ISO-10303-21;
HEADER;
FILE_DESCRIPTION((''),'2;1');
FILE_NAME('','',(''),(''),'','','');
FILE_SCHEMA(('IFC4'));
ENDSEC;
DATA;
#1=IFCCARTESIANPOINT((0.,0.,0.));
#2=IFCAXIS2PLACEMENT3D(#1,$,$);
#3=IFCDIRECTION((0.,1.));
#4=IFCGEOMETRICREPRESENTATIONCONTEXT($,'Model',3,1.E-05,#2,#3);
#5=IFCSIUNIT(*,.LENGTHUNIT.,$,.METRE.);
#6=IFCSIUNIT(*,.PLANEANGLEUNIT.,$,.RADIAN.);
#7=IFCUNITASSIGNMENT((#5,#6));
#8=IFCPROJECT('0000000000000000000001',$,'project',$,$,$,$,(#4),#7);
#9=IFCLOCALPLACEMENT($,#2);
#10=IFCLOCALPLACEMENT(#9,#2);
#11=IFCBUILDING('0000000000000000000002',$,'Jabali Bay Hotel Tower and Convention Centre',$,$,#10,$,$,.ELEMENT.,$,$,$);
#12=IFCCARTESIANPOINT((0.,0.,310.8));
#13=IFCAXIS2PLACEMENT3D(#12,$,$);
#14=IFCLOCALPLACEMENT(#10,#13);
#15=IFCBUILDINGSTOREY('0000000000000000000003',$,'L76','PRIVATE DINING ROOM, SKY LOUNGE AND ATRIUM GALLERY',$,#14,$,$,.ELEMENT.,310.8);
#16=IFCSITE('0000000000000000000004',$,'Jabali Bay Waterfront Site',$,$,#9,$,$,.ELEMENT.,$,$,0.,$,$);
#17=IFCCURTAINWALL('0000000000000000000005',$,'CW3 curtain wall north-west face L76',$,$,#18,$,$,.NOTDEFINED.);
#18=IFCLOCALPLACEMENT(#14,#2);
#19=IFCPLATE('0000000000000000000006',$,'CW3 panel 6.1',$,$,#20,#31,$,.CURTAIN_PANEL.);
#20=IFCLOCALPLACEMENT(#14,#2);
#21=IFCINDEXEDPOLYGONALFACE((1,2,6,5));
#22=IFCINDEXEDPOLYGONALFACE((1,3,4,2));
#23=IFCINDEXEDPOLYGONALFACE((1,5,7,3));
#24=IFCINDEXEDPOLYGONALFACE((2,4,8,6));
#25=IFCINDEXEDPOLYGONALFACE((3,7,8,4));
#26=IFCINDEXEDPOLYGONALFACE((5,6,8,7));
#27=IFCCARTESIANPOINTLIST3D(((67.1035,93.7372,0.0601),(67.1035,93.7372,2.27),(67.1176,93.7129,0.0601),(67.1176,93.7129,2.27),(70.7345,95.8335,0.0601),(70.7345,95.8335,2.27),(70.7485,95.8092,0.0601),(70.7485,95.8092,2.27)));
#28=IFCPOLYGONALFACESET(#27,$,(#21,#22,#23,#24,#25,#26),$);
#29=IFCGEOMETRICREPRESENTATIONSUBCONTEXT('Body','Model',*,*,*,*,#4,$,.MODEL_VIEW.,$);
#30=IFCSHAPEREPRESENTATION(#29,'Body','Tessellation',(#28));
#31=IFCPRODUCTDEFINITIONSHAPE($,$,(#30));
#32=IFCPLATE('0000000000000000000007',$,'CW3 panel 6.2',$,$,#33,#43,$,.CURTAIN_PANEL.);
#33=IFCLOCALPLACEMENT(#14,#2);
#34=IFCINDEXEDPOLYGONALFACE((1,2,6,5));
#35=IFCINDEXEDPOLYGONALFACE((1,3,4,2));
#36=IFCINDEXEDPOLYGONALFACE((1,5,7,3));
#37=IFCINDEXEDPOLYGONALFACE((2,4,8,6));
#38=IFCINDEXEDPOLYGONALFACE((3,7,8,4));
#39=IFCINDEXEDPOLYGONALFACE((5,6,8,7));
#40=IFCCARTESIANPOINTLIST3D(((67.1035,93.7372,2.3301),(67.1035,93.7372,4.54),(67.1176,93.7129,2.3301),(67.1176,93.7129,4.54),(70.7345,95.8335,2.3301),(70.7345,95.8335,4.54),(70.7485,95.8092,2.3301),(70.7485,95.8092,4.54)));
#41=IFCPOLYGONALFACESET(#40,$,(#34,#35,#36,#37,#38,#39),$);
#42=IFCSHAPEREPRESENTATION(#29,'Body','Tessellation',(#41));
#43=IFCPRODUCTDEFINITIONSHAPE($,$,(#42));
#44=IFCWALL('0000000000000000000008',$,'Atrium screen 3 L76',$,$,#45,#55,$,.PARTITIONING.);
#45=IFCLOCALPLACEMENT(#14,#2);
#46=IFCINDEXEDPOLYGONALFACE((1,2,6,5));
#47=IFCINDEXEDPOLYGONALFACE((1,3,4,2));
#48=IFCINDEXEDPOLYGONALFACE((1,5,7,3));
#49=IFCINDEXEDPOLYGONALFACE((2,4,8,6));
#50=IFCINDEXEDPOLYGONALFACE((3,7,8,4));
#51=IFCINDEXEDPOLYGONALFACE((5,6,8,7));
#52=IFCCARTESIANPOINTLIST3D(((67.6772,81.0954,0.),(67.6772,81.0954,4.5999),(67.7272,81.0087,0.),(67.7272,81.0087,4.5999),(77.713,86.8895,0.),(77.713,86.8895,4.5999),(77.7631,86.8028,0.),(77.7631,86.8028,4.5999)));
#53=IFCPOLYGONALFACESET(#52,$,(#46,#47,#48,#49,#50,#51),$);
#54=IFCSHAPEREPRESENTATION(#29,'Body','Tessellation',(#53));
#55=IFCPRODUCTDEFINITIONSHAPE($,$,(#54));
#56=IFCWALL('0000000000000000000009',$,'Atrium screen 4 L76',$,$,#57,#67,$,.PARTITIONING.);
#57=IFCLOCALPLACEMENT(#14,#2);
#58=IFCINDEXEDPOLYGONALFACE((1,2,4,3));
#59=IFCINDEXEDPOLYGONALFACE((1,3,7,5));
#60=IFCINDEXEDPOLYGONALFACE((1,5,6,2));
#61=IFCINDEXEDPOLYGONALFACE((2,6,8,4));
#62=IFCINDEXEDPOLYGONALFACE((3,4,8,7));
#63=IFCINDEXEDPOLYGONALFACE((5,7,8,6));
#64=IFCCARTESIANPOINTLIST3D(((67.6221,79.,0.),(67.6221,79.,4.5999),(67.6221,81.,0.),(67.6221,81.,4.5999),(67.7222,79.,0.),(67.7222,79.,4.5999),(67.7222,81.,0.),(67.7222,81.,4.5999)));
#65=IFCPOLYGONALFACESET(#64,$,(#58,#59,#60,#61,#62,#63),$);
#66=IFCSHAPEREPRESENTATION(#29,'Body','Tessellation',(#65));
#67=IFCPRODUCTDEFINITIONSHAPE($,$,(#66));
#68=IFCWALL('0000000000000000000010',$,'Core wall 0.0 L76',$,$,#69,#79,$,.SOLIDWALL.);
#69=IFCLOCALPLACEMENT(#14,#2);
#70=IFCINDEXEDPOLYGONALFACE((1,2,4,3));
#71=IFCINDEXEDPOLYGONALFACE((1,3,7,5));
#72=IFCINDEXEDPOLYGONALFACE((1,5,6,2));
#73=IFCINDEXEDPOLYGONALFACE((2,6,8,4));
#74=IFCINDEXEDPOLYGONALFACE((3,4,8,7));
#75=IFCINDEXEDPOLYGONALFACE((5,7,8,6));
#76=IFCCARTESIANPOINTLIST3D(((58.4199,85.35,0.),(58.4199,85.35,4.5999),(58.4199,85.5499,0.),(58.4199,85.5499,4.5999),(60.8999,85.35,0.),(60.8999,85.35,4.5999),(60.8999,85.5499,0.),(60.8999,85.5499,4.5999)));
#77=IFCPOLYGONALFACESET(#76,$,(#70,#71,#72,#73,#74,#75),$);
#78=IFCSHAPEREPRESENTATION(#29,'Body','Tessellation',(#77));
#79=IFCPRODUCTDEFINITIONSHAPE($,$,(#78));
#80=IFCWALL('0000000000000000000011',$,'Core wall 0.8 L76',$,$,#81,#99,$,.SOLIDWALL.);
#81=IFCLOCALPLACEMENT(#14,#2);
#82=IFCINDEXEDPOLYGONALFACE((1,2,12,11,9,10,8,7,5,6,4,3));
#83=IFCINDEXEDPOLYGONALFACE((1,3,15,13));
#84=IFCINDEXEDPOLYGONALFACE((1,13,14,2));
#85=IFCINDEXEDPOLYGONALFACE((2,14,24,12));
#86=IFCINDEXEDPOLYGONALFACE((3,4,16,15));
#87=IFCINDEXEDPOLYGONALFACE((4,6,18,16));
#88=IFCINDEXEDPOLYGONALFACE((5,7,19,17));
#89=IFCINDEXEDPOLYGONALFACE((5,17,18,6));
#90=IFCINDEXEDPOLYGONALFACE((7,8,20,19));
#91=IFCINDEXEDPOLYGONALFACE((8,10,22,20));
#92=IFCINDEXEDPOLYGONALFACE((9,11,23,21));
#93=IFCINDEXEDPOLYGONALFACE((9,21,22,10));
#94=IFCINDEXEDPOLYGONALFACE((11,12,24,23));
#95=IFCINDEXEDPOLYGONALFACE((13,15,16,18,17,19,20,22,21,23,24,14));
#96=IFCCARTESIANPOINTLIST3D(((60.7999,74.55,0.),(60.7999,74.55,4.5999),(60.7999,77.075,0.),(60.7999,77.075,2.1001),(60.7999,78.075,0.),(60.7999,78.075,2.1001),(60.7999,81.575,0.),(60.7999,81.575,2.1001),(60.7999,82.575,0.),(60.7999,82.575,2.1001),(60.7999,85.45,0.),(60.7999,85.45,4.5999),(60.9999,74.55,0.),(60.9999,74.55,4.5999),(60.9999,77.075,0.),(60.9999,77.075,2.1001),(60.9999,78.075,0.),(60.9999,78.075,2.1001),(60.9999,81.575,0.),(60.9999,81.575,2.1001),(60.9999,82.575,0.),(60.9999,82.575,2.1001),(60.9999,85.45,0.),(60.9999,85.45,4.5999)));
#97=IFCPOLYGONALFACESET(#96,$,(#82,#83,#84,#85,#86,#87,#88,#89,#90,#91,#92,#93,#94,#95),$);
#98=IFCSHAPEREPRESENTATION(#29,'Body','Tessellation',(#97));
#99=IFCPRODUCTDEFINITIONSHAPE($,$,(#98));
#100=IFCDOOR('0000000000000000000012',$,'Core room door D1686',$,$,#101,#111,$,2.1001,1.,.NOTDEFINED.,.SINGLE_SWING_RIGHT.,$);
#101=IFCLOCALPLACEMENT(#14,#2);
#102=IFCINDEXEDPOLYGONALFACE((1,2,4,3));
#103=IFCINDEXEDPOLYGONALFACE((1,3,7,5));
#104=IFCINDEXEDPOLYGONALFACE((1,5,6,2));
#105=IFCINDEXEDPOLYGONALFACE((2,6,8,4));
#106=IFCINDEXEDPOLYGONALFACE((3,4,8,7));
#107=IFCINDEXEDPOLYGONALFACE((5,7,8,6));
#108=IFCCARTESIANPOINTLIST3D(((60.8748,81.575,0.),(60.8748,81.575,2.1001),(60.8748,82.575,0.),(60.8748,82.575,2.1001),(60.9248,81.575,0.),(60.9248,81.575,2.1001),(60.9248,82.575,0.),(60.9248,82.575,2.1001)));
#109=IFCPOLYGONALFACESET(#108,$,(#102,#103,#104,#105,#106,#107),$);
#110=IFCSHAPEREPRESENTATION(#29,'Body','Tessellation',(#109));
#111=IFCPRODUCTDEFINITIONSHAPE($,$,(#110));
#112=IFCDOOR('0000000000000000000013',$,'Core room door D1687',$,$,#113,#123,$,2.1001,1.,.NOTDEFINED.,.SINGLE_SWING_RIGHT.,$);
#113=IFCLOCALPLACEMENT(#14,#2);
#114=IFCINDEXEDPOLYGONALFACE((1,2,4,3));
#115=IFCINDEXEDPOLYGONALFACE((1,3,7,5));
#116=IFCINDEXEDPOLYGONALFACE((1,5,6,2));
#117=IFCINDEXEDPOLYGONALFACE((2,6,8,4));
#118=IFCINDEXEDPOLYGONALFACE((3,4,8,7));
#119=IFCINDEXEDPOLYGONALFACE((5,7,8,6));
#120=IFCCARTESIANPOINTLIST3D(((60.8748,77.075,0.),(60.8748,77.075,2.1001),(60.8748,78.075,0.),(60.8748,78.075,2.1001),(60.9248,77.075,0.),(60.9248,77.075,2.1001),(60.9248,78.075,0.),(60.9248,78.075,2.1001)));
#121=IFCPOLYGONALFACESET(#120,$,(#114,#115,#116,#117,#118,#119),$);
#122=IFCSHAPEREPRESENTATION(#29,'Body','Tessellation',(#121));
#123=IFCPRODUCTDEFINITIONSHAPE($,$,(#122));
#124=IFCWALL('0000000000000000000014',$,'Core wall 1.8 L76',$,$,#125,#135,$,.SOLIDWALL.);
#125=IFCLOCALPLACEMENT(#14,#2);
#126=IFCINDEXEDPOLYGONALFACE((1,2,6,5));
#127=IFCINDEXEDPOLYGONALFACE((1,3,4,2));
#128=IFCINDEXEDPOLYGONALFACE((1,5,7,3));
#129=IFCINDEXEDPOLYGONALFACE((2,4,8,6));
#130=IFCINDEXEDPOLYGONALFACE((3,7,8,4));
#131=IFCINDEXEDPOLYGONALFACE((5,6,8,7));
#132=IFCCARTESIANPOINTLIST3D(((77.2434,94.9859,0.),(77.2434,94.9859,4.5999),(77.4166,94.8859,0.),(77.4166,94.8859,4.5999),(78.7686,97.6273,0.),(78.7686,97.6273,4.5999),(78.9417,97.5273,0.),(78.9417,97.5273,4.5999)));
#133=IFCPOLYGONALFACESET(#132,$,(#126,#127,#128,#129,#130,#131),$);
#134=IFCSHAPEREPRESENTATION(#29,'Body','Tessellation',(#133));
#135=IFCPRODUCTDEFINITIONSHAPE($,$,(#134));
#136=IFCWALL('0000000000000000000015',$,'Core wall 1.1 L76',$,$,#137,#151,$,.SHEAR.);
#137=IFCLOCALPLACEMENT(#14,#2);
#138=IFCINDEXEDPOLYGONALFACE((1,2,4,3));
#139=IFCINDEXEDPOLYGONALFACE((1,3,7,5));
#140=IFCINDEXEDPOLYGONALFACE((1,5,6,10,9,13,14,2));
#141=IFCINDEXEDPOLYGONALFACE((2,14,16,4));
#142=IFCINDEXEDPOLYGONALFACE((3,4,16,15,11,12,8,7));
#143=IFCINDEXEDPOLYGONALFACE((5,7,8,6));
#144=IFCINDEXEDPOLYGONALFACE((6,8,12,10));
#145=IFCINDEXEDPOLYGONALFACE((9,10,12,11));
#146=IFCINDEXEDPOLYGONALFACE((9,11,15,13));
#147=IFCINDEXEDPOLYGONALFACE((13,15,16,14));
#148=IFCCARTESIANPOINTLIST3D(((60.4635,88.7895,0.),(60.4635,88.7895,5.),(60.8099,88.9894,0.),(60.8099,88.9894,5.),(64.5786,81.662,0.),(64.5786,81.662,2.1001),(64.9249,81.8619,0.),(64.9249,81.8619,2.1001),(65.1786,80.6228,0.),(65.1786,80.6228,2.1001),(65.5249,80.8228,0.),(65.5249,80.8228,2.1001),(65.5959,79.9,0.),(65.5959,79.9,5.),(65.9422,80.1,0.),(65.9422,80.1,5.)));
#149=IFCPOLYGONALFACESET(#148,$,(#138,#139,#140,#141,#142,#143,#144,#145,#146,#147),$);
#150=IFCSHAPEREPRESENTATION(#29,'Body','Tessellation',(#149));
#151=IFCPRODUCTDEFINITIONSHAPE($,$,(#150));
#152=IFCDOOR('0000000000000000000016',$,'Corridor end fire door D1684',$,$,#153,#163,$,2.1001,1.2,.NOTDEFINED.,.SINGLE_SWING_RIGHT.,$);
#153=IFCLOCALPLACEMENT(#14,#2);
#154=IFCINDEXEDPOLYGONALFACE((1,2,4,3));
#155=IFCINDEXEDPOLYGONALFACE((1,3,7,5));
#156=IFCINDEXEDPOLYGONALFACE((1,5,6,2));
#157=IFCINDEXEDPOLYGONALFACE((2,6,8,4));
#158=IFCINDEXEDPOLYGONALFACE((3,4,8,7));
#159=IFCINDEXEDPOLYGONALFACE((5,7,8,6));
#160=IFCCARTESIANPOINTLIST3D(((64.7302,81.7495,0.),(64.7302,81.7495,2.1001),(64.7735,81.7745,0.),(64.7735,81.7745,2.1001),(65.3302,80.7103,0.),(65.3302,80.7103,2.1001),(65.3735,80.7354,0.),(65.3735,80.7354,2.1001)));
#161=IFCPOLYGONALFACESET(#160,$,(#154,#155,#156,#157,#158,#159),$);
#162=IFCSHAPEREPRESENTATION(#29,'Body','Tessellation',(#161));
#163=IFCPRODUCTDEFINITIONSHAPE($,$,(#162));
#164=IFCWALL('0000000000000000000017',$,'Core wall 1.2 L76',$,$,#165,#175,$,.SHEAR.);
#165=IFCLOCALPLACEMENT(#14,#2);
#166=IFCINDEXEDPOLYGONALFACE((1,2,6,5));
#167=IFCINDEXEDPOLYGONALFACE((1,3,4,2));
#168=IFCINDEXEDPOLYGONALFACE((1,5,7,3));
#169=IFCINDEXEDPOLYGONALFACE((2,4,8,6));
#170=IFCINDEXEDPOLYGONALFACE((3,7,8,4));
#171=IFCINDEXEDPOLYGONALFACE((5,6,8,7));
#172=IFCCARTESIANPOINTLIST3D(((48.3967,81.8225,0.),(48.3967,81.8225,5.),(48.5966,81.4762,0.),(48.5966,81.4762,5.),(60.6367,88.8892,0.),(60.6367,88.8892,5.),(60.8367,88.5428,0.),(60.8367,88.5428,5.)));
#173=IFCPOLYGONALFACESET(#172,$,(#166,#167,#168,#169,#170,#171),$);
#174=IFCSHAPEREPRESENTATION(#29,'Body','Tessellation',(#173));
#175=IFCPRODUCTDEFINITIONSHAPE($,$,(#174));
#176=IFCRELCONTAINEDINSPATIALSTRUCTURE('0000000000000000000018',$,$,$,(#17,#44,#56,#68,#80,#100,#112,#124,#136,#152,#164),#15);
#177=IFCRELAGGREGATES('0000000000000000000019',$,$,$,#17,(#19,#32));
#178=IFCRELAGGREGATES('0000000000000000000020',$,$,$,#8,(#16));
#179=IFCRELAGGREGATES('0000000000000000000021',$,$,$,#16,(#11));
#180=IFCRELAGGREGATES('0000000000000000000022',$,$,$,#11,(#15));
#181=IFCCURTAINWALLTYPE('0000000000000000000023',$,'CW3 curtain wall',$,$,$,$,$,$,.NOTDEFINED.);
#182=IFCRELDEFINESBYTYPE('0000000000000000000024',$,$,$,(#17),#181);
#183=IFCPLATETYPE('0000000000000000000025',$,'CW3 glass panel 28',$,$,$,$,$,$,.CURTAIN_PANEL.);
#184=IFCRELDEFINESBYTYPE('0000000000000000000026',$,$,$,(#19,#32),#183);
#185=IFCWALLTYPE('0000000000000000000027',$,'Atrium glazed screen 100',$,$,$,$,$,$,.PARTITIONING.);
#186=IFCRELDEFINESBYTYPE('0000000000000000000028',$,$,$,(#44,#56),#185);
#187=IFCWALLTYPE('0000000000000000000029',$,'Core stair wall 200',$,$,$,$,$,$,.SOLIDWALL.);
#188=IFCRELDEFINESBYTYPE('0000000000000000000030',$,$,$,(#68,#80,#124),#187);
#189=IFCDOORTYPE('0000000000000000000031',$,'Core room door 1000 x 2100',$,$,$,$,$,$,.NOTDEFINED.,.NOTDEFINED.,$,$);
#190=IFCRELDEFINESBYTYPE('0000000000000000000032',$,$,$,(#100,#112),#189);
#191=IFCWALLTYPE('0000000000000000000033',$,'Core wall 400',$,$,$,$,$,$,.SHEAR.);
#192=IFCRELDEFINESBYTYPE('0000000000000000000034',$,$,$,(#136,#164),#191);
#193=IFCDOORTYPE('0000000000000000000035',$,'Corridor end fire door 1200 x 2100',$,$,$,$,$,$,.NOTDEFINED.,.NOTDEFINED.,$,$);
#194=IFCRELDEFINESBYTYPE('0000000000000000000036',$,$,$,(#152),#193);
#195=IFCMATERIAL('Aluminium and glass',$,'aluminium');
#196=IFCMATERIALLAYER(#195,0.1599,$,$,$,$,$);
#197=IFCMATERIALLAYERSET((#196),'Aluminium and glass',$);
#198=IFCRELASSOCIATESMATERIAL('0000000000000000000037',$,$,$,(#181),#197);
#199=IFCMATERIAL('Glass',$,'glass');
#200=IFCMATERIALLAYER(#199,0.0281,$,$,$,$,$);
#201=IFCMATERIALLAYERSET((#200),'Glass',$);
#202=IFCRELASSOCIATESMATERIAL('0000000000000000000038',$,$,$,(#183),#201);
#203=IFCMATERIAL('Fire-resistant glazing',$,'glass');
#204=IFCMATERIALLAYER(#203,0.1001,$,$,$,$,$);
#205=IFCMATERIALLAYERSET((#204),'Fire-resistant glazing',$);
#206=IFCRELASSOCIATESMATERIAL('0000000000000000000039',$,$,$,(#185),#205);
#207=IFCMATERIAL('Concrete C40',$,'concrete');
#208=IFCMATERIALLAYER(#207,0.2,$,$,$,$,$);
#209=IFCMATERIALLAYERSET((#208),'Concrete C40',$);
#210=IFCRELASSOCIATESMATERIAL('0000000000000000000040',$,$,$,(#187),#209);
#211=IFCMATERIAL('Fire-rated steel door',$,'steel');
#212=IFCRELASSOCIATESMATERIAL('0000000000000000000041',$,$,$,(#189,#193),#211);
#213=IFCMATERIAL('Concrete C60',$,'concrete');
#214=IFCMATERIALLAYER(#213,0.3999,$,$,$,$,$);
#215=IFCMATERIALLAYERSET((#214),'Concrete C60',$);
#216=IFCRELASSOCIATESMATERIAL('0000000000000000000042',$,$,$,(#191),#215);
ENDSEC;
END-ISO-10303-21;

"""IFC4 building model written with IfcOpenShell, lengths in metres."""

from ifc_helpers import new_model, si_unit, direction, frame, frame_2d, origin, origin_2d, place, context, subcontext, project, spatial, rectangle, extrude, material, layer, layer_set, type_object, element, fill, aggregate, save


model = new_model("IFC4")

# Units and contexts
model_context = context("Model", 3, precision=1e-05, world=origin(), true_north=direction((0.0, 1.0)))
body_context = subcontext(model_context, "Body", "Model", "MODEL_VIEW")
ifc_project = project(units=[si_unit("LENGTHUNIT", "METRE"), si_unit("PLANEANGLEUNIT", "RADIAN")], contexts=[model_context])

# Site, building, storey
site_placement = place(None, origin())
site = spatial("IfcSite", under=ifc_project, at=site_placement, Name="Jabali Bay Waterfront Site", CompositionType="ELEMENT", RefElevation=0.0)
building_placement = place(site_placement, origin())
building = spatial("IfcBuilding", under=site, at=building_placement, Name="Jabali Bay Hotel Tower and Convention Centre", CompositionType="ELEMENT")
storey_placement = place(building_placement, frame((0.0, 0.0, 310.8)))
storey = spatial("IfcBuildingStorey", under=building, at=storey_placement, Name="L76", Description="PRIVATE DINING ROOM, SKY LOUNGE AND ATRIUM GALLERY", CompositionType="ELEMENT", Elevation=310.8)

# Curtain wall, plates
ifc_material_1 = material(Name="Aluminium and glass", Category="aluminium")
ifc_layer_1 = layer(ifc_material_1, 0.1599)
ifc_layer_set_1 = layer_set([ifc_layer_1], Name="Aluminium and glass")
curtain_wall_type = type_object("IfcCurtainWallType", Name="CW3 curtain wall", PredefinedType="NOTDEFINED", material=ifc_layer_set_1)
curtain_wall_placement = place(storey_placement, origin())
curtain_wall = element("IfcCurtainWall", 1, at=curtain_wall_placement, inside=storey, type_object=curtain_wall_type, Name="CW3 curtain wall north-west face L76", PredefinedType="NOTDEFINED")
ifc_material_2 = material(Name="Glass", Category="glass")
ifc_layer_2 = layer(ifc_material_2, 0.0281)
ifc_layer_set_2 = layer_set([ifc_layer_2], Name="Glass")
plate_type = type_object("IfcPlateType", Name="CW3 glass panel 28", PredefinedType="CURTAIN_PANEL", material=ifc_layer_set_2)
plate_1_placement = place(storey_placement, frame((68.926, 94.7732, 0.0601), z_axis=(0.0, 0.0, 1.0), x_axis=(0.866025, 0.5, 0.0)))
plate_1 = element("IfcPlate", 2, at=plate_1_placement, type_object=plate_type, Name="CW3 panel 6.1", PredefinedType="CURTAIN_PANEL", context=body_context, shape_type="SweptSolid", body=[
    extrude(rectangle(XDim=4.1926, YDim=0.0281, at=origin_2d()), origin(), (0.0, 0.0, 1.0), 2.21),
])
plate_2_placement = place(storey_placement, frame((68.926, 94.7732, 2.3301), z_axis=(0.0, 0.0, 1.0), x_axis=(0.866025, 0.5, 0.0)))
plate_2 = element("IfcPlate", 3, at=plate_2_placement, type_object=plate_type, Name="CW3 panel 6.2", PredefinedType="CURTAIN_PANEL", context=body_context, shape_type="SweptSolid", body=[
    extrude(rectangle(XDim=4.1926, YDim=0.0281, at=origin_2d()), origin(), (0.0, 0.0, 1.0), 2.21),
])
aggregate(curtain_wall, [plate_1, plate_2])

# Walls
ifc_material_3 = material(Name="Fire-resistant glazing", Category="glass")
ifc_layer_3 = layer(ifc_material_3, 0.1001)
ifc_layer_set_3 = layer_set([ifc_layer_3], Name="Fire-resistant glazing")
wall_type_1 = type_object("IfcWallType", Name="Atrium glazed screen 100", PredefinedType="PARTITIONING", material=ifc_layer_set_3)
wall_1_placement = place(storey_placement, frame((77.738, 86.8462, 0.0), z_axis=(0.0, 0.0, 1.0), x_axis=(-0.866027, -0.499998, 0.0)))
element("IfcWall", 4, at=wall_1_placement, inside=storey, type_object=wall_type_1, Name="Atrium screen 3 L76", PredefinedType="PARTITIONING", context=body_context, shape_type="SweptSolid", body=[
    extrude(rectangle(XDim=11.5884, YDim=0.1001, at=frame_2d((5.7942, 0.0))), origin(), (0.0, 0.0, 1.0), 4.5999),
])
wall_2_placement = place(storey_placement, frame((67.6721, 81.0, 0.0), z_axis=(0.0, 0.0, 1.0), x_axis=(0.0, -1.0, 0.0)))
element("IfcWall", 5, at=wall_2_placement, inside=storey, type_object=wall_type_1, Name="Atrium screen 4 L76", PredefinedType="PARTITIONING", context=body_context, shape_type="SweptSolid", body=[
    extrude(rectangle(XDim=2.0, YDim=0.1001, at=frame_2d((1.0, 0.0))), origin(), (0.0, 0.0, 1.0), 4.5999),
])
ifc_material_4 = material(Name="Concrete C40", Category="concrete")
ifc_layer_4 = layer(ifc_material_4, 0.2)
ifc_layer_set_4 = layer_set([ifc_layer_4], Name="Concrete C40")
wall_type_2 = type_object("IfcWallType", Name="Core stair wall 200", PredefinedType="SOLIDWALL", material=ifc_layer_set_4)
wall_3_placement = place(storey_placement, frame((60.8999, 85.45, 0.0), z_axis=(0.0, 0.0, 1.0), x_axis=(-1.0, 0.0, 0.0)))
element("IfcWall", 6, at=wall_3_placement, inside=storey, type_object=wall_type_2, Name="Core wall 0.0 L76", PredefinedType="SOLIDWALL", context=body_context, shape_type="SweptSolid", body=[
    extrude(rectangle(XDim=2.48, YDim=0.2, at=frame_2d((1.24, 0.0))), origin(), (0.0, 0.0, 1.0), 4.5999),
])

# Wall, openings, doors
wall_4_placement = place(storey_placement, frame((60.8999, 85.45, 0.0), z_axis=(0.0, 0.0, 1.0), x_axis=(0.0, -1.0, 0.0)))
wall_4 = element("IfcWall", 7, at=wall_4_placement, inside=storey, type_object=wall_type_2, Name="Core wall 0.8 L76", PredefinedType="SOLIDWALL", context=body_context, shape_type="SweptSolid", body=[
    extrude(rectangle(XDim=10.8999, YDim=0.2, at=frame_2d((5.45, 0.0))), origin(), (0.0, 0.0, 1.0), 4.5999),
])
opening_1_placement = place(wall_4_placement, frame((2.875, 0.0, 0.0)))
opening_1 = element("IfcOpeningElement", 8, at=opening_1_placement, cuts=wall_4, PredefinedType="OPENING", context=body_context, shape_type="SweptSolid", body=[
    extrude(rectangle(XDim=1.0, YDim=2.1001, at=frame_2d((0.5, 1.05))), frame((0.0, 0.1104, 0.0), z_axis=(0.0, -1.0, 0.0), x_axis=(1.0, 0.0, 0.0)), (0.0, 0.0, 1.0), 0.2209),
])
opening_2_placement = place(wall_4_placement, frame((7.375, 0.0, 0.0)))
opening_2 = element("IfcOpeningElement", 9, at=opening_2_placement, cuts=wall_4, PredefinedType="OPENING", context=body_context, shape_type="SweptSolid", body=[
    extrude(rectangle(XDim=1.0, YDim=2.1001, at=frame_2d((0.5, 1.05))), frame((0.0, 0.1104, 0.0), z_axis=(0.0, -1.0, 0.0), x_axis=(1.0, 0.0, 0.0)), (0.0, 0.0, 1.0), 0.2209),
])
ifc_material_5 = material(Name="Fire-rated steel door", Category="steel")
door_type_1 = type_object("IfcDoorType", Name="Core room door 1000 x 2100", OperationType="NOTDEFINED", PredefinedType="NOTDEFINED", material=ifc_material_5)
door_1_placement = place(opening_1_placement, origin())
door_1 = element("IfcDoor", 10, at=door_1_placement, inside=storey, type_object=door_type_1, Name="Core room door D1686", OperationType="SINGLE_SWING_RIGHT", OverallHeight=2.1001, OverallWidth=1.0, PredefinedType="NOTDEFINED", context=body_context, shape_type="SweptSolid", body=[
    extrude(rectangle(XDim=1.0, YDim=2.1001, at=frame_2d((0.5, 1.05))), frame((0.0, 0.0249, 0.0), z_axis=(0.0, -1.0, 0.0), x_axis=(1.0, 0.0, 0.0)), (0.0, 0.0, 1.0), 0.05),
])
fill(opening_1, door_1)
door_2_placement = place(opening_2_placement, origin())
door_2 = element("IfcDoor", 11, at=door_2_placement, inside=storey, type_object=door_type_1, Name="Core room door D1687", OperationType="SINGLE_SWING_RIGHT", OverallHeight=2.1001, OverallWidth=1.0, PredefinedType="NOTDEFINED", context=body_context, shape_type="SweptSolid", body=[
    extrude(rectangle(XDim=1.0, YDim=2.1001, at=frame_2d((0.5, 1.05))), frame((0.0, 0.0249, 0.0), z_axis=(0.0, -1.0, 0.0), x_axis=(1.0, 0.0, 0.0)), (0.0, 0.0, 1.0), 0.05),
])
fill(opening_2, door_2)

# Wall
wall_5_placement = place(storey_placement, frame((77.3301, 94.936, 0.0), z_axis=(0.0, 0.0, 1.0), x_axis=(0.500039, 0.866003, 0.0)))
element("IfcWall", 12, at=wall_5_placement, inside=storey, type_object=wall_type_2, Name="Core wall 1.8 L76", PredefinedType="SOLIDWALL", context=body_context, shape_type="SweptSolid", body=[
    extrude(rectangle(XDim=3.05, YDim=0.2, at=frame_2d((1.5249, 0.0))), origin(), (0.0, 0.0, 1.0), 4.5999),
])

# Wall, opening, door
ifc_material_6 = material(Name="Concrete C60", Category="concrete")
ifc_layer_5 = layer(ifc_material_6, 0.3999)
ifc_layer_set_5 = layer_set([ifc_layer_5], Name="Concrete C60")
wall_type_3 = type_object("IfcWallType", Name="Core wall 400", PredefinedType="SHEAR", material=ifc_layer_set_5)
wall_6_placement = place(storey_placement, frame((65.769, 80.0, 0.0), z_axis=(0.0, 0.0, 1.0), x_axis=(-0.500002, 0.866024, 0.0)))
wall_6 = element("IfcWall", 13, at=wall_6_placement, inside=storey, type_object=wall_type_3, Name="Core wall 1.1 L76", PredefinedType="SHEAR", context=body_context, shape_type="SweptSolid", body=[
    extrude(rectangle(XDim=10.2646, YDim=0.3999, at=frame_2d((5.1323, 0.0))), origin(), (0.0, 0.0, 1.0), 5.0),
])
opening_3_placement = place(wall_6_placement, frame((0.8345, 0.0, 0.0)))
opening_3 = element("IfcOpeningElement", 14, at=opening_3_placement, cuts=wall_6, PredefinedType="OPENING", context=body_context, shape_type="SweptSolid", body=[
    extrude(rectangle(XDim=1.2, YDim=2.1001, at=frame_2d((0.6001, 1.05))), frame((0.0, 0.2104, 0.0), z_axis=(0.0, -1.0, 0.0), x_axis=(1.0, 0.0, 0.0)), (0.0, 0.0, 1.0), 0.4209),
])
door_type_2 = type_object("IfcDoorType", Name="Corridor end fire door 1200 x 2100", OperationType="NOTDEFINED", PredefinedType="NOTDEFINED", material=ifc_material_5)
door_3_placement = place(opening_3_placement, origin())
door_3 = element("IfcDoor", 15, at=door_3_placement, inside=storey, type_object=door_type_2, Name="Corridor end fire door D1684", OperationType="SINGLE_SWING_RIGHT", OverallHeight=2.1001, OverallWidth=1.2, PredefinedType="NOTDEFINED", context=body_context, shape_type="SweptSolid", body=[
    extrude(rectangle(XDim=1.2, YDim=2.1001, at=frame_2d((0.6001, 1.05))), frame((0.0, 0.0249, 0.0), z_axis=(0.0, -1.0, 0.0), x_axis=(1.0, 0.0, 0.0)), (0.0, 0.0, 1.0), 0.05),
])
fill(opening_3, door_3)

# Wall
wall_7_placement = place(storey_placement, frame((60.7368, 88.7161, 0.0), z_axis=(0.0, 0.0, 1.0), x_axis=(-0.866029, -0.499994, 0.0)))
element("IfcWall", 16, at=wall_7_placement, inside=storey, type_object=wall_type_3, Name="Core wall 1.2 L76", PredefinedType="SHEAR", context=body_context, shape_type="SweptSolid", body=[
    extrude(rectangle(XDim=14.1335, YDim=0.3999, at=frame_2d((7.0669, 0.0))), origin(), (0.0, 0.0, 1.0), 5.0),
])

save(model, "model.ifc")
